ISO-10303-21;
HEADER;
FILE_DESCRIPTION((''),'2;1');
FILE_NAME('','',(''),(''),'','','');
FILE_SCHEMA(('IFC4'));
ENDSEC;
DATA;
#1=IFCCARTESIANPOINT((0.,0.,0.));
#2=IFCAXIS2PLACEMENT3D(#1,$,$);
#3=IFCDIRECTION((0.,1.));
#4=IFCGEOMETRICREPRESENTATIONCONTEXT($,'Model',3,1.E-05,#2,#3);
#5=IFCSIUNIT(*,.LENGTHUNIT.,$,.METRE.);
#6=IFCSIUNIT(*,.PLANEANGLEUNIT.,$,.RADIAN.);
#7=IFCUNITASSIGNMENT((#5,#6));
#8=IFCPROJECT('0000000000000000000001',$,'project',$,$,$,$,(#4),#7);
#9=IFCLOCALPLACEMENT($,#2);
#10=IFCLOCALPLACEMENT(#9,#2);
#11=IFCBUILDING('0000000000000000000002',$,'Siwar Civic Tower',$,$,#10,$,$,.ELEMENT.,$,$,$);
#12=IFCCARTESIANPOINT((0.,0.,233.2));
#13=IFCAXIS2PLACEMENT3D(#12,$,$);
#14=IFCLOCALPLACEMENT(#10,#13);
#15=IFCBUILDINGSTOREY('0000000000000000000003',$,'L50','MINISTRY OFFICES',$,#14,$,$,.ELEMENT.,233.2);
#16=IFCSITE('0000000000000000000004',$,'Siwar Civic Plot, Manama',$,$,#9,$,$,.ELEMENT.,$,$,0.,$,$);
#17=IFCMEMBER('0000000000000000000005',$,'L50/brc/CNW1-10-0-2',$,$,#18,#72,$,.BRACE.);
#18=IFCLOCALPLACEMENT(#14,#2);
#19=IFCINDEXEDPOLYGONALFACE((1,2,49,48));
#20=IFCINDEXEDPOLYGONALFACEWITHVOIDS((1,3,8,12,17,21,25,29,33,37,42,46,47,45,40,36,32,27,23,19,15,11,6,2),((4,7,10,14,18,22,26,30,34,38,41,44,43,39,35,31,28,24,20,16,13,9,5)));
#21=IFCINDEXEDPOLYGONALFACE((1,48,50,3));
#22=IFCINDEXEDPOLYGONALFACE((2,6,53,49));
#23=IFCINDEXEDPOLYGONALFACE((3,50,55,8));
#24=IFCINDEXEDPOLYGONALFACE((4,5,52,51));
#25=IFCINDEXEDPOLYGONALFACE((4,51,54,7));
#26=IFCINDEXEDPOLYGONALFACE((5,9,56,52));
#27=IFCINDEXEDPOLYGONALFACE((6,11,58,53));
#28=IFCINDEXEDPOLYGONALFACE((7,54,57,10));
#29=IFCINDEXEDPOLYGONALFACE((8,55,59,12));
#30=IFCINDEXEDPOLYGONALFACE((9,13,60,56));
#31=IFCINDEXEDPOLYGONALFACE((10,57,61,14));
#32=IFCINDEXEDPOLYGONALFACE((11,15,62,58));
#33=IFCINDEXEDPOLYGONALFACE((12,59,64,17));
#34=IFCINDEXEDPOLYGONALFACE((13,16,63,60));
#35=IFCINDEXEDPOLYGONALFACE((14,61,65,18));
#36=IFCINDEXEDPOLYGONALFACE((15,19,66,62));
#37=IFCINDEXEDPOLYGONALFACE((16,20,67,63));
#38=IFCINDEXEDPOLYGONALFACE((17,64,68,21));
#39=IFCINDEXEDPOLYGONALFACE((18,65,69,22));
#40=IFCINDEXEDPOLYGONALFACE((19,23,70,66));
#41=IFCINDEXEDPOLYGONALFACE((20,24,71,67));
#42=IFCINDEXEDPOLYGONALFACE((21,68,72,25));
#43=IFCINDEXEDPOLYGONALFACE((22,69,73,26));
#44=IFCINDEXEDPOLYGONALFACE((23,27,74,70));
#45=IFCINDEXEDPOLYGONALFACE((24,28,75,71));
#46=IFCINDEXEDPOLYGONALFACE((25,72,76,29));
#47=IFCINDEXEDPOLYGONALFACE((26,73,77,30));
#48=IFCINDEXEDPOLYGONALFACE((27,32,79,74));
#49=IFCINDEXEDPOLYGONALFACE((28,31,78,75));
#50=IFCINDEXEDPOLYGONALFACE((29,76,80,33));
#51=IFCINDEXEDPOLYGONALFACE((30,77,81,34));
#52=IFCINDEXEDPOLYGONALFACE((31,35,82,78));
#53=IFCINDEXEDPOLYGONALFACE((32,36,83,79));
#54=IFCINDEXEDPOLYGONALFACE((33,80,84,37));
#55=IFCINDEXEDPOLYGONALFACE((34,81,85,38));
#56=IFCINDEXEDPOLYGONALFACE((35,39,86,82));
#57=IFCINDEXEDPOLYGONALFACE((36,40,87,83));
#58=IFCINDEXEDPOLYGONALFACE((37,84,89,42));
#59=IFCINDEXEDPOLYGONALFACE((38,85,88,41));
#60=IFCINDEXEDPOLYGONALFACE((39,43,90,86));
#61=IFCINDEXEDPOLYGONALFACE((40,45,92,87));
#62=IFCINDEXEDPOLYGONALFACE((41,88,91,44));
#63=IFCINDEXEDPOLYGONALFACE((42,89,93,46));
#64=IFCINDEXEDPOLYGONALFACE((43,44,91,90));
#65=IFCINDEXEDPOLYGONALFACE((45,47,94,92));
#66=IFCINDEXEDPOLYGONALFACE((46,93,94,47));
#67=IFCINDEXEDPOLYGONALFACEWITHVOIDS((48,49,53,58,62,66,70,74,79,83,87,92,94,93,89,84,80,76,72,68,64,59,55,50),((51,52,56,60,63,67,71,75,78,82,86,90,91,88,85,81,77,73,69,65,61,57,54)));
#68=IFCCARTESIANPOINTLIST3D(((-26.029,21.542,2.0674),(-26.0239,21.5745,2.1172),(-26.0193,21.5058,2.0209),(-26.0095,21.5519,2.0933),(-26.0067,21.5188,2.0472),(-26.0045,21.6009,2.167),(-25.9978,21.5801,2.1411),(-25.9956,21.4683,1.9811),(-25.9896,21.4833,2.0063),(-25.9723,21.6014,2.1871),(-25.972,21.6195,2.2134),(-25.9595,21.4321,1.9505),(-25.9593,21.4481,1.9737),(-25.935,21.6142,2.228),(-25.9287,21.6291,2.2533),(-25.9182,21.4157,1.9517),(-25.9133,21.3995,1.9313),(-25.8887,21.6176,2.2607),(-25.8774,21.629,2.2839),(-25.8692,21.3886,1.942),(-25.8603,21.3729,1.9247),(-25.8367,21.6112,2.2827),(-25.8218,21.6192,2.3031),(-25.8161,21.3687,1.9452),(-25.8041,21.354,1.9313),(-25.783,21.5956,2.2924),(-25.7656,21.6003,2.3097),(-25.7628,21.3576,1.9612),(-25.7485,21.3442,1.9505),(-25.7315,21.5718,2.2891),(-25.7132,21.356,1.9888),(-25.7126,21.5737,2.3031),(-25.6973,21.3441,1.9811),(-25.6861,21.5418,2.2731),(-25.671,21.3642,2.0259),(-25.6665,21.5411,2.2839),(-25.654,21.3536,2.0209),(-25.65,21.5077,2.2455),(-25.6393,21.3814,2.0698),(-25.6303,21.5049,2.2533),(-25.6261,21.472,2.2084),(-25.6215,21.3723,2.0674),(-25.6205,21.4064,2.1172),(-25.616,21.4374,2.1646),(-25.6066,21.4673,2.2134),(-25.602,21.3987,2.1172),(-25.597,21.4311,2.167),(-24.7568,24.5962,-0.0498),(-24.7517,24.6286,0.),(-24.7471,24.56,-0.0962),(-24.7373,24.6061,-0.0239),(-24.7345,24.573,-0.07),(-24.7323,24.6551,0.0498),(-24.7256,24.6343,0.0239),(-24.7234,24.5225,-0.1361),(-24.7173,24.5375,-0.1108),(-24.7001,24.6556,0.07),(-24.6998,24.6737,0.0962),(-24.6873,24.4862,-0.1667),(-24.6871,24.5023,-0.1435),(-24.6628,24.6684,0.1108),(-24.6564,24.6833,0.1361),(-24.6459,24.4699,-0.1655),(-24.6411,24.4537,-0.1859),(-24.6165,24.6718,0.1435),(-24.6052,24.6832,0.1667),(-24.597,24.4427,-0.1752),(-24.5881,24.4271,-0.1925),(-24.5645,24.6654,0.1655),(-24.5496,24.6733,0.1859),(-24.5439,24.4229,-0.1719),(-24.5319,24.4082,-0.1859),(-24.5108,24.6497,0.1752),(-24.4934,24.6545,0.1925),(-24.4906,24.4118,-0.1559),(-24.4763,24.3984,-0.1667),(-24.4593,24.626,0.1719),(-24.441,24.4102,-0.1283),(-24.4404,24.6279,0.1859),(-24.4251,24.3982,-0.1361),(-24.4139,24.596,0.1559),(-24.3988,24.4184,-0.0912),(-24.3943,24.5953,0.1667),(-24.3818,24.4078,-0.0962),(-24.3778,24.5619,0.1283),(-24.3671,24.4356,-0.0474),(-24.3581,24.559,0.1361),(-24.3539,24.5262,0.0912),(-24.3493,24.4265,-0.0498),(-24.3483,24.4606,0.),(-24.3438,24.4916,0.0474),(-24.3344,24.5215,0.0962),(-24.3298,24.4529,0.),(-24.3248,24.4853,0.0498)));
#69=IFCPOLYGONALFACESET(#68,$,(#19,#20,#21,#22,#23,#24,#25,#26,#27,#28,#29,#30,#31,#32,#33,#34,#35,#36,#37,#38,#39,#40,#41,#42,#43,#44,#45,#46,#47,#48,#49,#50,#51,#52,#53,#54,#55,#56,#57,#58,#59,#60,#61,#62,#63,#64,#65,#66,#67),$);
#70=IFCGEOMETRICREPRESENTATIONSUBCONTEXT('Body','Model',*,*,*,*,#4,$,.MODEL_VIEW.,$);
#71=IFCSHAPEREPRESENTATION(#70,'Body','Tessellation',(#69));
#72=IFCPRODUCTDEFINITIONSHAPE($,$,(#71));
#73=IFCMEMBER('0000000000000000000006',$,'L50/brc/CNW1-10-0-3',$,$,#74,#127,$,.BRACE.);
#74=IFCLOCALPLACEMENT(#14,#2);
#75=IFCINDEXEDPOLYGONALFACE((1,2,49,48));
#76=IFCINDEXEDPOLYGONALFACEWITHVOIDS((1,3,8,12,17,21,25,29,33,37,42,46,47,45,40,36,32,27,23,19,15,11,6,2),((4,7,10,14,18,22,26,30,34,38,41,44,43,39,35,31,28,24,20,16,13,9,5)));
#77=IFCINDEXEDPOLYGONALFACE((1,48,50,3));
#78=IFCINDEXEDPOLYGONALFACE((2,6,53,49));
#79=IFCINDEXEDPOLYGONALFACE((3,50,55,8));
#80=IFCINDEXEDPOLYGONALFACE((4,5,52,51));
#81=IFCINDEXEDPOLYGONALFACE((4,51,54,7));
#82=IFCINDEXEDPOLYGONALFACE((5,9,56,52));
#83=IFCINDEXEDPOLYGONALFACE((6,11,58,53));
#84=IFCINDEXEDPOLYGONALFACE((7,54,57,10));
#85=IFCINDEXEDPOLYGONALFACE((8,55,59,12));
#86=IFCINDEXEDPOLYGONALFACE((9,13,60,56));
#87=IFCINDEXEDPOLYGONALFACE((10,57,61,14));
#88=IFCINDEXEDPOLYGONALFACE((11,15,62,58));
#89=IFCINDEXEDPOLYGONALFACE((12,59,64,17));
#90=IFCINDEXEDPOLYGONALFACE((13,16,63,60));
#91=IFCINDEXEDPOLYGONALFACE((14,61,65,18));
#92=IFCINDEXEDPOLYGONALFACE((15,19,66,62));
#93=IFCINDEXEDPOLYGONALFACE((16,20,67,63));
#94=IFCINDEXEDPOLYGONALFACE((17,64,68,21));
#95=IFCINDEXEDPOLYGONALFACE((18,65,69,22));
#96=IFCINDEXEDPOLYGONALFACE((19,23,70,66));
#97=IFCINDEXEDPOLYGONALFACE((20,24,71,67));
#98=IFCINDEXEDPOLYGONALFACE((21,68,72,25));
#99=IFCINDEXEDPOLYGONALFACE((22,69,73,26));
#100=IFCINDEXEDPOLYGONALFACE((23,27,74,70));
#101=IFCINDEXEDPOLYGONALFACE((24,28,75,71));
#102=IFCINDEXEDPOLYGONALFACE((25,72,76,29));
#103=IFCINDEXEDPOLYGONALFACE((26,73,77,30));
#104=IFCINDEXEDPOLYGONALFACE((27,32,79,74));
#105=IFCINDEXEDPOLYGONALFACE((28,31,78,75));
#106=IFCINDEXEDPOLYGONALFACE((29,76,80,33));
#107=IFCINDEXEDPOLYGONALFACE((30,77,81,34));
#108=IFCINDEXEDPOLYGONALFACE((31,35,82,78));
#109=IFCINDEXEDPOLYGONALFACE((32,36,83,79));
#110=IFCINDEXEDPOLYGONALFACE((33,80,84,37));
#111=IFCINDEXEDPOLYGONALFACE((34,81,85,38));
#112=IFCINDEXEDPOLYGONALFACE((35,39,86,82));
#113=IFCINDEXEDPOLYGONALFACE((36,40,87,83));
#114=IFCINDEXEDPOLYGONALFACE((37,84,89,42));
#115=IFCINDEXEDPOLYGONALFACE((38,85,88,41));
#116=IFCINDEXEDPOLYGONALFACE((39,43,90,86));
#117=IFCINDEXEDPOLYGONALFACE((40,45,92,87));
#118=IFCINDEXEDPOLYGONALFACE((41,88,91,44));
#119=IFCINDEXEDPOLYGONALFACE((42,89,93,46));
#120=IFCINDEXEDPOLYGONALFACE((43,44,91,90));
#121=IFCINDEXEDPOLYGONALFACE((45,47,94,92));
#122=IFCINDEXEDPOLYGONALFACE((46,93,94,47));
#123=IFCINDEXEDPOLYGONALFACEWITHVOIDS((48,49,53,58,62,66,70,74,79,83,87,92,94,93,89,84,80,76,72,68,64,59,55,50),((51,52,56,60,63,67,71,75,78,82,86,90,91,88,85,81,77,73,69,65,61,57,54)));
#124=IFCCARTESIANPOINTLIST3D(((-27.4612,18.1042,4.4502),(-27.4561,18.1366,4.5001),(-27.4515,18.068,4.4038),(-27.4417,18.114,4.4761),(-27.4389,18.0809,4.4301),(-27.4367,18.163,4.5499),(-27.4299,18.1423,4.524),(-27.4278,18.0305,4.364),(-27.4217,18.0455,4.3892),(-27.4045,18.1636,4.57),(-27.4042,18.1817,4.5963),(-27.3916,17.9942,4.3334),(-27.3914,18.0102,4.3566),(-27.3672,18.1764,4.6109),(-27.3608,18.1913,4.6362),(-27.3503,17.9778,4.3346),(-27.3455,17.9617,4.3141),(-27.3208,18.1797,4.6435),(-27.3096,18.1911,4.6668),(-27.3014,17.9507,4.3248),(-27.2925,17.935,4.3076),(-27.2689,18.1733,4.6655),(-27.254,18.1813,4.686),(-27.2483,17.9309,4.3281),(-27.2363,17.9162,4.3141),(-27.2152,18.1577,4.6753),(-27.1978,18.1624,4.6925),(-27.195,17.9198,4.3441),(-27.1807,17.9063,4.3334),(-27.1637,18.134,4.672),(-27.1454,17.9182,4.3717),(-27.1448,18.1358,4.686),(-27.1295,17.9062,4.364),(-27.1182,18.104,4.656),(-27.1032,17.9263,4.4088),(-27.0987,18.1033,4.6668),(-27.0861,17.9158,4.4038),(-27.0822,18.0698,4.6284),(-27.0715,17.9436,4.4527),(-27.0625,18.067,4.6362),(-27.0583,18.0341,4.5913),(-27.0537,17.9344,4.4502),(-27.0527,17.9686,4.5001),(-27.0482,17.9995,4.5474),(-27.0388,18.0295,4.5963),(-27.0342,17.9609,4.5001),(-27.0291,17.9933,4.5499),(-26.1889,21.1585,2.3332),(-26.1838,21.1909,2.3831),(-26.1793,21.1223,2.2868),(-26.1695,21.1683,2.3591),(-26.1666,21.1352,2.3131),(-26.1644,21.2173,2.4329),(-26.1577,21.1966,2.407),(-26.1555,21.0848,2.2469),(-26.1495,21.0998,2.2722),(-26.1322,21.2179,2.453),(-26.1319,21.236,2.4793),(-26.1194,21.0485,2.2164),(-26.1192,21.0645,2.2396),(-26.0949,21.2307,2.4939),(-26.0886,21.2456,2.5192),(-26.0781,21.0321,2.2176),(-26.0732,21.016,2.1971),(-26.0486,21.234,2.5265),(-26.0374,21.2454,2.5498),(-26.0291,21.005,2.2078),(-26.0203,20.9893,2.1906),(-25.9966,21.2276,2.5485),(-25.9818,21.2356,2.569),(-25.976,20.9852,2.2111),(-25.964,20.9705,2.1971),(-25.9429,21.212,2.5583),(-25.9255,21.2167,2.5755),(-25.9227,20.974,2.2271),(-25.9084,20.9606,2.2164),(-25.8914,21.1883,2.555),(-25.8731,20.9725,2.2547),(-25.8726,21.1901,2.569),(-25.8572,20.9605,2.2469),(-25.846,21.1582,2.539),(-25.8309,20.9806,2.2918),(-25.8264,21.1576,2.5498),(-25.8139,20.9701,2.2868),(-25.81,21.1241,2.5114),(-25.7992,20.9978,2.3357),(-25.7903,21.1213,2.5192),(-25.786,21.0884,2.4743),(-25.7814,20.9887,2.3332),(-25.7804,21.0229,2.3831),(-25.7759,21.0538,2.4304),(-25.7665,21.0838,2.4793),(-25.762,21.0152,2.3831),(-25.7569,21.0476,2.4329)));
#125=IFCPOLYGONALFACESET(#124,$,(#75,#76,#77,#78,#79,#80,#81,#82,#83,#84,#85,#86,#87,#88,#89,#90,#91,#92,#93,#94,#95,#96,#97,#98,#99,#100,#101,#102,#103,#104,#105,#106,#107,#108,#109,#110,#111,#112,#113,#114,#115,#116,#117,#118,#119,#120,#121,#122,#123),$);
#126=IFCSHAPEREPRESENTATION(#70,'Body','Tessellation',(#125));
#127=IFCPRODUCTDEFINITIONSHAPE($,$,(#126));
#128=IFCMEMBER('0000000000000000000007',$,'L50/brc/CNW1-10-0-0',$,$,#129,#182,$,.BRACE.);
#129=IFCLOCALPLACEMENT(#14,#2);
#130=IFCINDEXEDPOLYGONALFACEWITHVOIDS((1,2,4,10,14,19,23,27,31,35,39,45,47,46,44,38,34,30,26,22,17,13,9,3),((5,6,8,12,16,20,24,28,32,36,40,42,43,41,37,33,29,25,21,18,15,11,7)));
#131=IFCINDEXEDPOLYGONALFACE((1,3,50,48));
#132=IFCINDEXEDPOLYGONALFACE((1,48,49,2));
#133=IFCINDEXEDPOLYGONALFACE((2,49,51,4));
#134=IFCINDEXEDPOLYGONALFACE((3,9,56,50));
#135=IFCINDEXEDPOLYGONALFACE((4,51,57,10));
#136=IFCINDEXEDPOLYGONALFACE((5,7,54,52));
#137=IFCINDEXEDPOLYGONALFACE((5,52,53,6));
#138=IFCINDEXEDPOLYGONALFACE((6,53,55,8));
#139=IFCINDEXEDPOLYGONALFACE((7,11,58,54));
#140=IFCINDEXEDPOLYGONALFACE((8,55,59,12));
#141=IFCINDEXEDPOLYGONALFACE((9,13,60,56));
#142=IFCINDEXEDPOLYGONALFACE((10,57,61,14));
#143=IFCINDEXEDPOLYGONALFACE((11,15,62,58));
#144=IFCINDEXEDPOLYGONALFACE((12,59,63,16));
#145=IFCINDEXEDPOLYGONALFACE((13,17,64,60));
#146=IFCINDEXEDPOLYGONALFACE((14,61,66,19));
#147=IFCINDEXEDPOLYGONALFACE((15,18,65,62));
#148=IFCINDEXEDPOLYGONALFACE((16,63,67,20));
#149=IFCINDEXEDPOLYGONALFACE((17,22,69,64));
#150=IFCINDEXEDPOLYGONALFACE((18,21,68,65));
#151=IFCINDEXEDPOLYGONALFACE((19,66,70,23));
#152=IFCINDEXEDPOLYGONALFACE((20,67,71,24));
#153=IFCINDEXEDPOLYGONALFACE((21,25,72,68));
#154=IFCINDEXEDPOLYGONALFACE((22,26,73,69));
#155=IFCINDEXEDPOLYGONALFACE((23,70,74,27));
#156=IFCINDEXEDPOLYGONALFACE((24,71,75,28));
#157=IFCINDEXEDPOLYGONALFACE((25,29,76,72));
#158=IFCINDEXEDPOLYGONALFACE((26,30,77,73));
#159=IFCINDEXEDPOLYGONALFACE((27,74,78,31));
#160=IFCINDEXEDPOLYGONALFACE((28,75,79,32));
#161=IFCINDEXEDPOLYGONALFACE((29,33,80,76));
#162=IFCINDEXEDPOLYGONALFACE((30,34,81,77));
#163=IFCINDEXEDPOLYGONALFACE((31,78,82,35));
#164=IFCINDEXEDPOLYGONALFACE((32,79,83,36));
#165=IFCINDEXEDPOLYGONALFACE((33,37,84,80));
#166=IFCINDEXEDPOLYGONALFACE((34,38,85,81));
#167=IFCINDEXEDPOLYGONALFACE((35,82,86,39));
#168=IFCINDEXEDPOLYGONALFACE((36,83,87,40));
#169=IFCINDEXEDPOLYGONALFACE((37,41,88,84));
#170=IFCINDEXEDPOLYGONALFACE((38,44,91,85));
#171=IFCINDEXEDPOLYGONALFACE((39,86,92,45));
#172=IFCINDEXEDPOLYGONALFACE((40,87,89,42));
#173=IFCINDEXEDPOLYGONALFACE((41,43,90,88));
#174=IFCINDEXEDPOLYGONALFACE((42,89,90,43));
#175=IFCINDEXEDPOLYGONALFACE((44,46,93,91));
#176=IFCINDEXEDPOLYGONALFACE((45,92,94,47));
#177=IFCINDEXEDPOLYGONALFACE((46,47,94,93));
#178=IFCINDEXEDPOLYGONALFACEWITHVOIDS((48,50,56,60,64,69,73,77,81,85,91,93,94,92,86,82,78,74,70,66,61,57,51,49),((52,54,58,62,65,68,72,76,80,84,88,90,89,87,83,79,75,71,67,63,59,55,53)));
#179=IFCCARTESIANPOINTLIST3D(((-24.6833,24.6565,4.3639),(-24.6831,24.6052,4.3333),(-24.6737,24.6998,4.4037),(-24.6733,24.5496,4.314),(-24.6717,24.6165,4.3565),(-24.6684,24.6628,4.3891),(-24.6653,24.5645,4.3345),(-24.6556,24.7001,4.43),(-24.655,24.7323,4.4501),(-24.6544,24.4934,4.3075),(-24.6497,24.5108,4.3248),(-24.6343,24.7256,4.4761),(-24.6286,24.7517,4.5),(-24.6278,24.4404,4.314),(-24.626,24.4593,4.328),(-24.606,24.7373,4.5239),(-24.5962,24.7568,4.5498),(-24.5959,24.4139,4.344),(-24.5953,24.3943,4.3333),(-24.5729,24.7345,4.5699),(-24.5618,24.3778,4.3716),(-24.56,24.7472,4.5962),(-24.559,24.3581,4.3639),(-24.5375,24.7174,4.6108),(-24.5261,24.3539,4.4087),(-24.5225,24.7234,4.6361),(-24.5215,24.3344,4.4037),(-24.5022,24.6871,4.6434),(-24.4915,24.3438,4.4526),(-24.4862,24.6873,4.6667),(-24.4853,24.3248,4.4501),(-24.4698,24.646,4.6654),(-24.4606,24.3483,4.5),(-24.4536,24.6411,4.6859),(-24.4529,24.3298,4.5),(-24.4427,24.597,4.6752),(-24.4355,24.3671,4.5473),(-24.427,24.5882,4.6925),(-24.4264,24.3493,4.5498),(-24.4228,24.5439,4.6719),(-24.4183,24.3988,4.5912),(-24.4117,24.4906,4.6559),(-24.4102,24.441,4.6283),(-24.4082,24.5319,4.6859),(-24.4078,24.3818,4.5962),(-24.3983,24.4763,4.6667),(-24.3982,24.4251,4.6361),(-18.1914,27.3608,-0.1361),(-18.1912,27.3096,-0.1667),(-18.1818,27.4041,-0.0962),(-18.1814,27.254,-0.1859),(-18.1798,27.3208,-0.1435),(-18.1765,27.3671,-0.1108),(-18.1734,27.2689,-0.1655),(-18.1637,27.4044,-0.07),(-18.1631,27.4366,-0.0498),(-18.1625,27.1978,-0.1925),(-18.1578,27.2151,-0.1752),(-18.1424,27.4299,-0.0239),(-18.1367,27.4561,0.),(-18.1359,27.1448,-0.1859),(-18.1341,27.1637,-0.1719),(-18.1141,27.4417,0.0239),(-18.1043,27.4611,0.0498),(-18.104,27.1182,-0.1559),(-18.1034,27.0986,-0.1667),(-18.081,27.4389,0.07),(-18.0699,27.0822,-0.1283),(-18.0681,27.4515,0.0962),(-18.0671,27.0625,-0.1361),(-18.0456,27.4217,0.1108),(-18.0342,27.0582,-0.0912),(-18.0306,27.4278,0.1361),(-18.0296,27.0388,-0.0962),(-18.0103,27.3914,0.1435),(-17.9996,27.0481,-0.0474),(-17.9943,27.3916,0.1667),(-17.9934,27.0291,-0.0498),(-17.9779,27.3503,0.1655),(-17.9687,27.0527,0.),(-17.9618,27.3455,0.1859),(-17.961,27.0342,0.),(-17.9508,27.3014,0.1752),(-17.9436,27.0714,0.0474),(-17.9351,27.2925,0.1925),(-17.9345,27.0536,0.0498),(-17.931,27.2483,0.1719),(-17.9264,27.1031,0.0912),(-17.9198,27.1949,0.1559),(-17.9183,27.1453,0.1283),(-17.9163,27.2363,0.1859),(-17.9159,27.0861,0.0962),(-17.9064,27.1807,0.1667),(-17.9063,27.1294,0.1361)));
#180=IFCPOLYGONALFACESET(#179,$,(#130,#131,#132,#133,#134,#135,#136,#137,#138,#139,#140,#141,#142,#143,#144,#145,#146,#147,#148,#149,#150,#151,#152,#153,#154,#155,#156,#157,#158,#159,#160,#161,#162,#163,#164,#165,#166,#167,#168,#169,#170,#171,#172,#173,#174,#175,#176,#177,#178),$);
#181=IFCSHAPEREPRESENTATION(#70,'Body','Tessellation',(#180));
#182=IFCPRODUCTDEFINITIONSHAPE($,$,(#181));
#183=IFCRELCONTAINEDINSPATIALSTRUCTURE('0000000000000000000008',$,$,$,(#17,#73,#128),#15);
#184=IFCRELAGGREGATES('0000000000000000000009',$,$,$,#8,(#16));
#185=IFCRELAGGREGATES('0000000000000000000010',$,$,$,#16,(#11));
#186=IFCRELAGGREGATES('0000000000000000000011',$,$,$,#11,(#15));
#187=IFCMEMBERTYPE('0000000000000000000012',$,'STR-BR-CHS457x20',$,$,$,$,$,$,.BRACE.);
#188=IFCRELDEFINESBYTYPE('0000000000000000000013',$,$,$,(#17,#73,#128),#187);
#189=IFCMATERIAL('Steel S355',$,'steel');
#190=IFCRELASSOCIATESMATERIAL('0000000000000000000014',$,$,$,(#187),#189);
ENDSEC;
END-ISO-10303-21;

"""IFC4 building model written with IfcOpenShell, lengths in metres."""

from ifc_helpers import new_model, si_unit, direction, frame, origin, origin_2d, place, context, subcontext, project, spatial, hollow_circle, extrude, material, material_profile, profile_set, type_object, element, save


model = new_model("IFC4")

# Units and contexts
model_context = context("Model", 3, precision=1e-05, world=origin(), true_north=direction((0.0, 1.0)))
body_context = subcontext(model_context, "Body", "Model", "MODEL_VIEW")
ifc_project = project(units=[si_unit("LENGTHUNIT", "METRE"), si_unit("PLANEANGLEUNIT", "RADIAN")], contexts=[model_context])

# Site, building, storey
site_placement = place(None, origin())
site = spatial("IfcSite", under=ifc_project, at=site_placement, Name="Siwar Civic Plot, Manama", CompositionType="ELEMENT", RefElevation=0.0)
building_placement = place(site_placement, origin())
building = spatial("IfcBuilding", under=site, at=building_placement, Name="Siwar Civic Tower", CompositionType="ELEMENT")
storey_placement = place(building_placement, frame((0.0, 0.0, 233.2)))
storey = spatial("IfcBuildingStorey", under=building, at=storey_placement, Name="L50", Description="MINISTRY OFFICES", CompositionType="ELEMENT", Elevation=233.2)

# Members
ifc_material_1 = material(Name="Steel S355", Category="steel")
ifc_material_profile_1 = material_profile(ifc_material_1, hollow_circle(Radius=0.2285, WallThickness=0.02, at=origin_2d()), Name="CHS457x20")
ifc_profile_set_1 = profile_set([ifc_material_profile_1], Name="Steel S355")
member_type_1 = type_object("IfcMemberType", Name="STR-BR-CHS457x20", PredefinedType="BRACE", material=ifc_profile_set_1)
for number, where, z_axis, x_axis, name in (
    (1, (-24.5408, 24.5408, 0.0), (-0.323884, -0.777546, 0.538999), (0.923116, -0.384521, 0.0), "L50/brc/CNW1-10-0-2"),
    (2, (-25.9729, 21.103, 2.3831), (-0.323895, -0.777572, 0.538955), (0.923116, -0.384521, 0.0), "L50/brc/CNW1-10-0-3"),
):
    element("IfcMember", number, at=place(storey_placement, frame(where, z_axis=z_axis, x_axis=x_axis)), inside=storey, type_object=member_type_1, Name=name, PredefinedType="BRACE", context=body_context, shape_type="SweptSolid", body=[
        extrude(hollow_circle(Radius=0.2285, WallThickness=0.02, at=origin_2d()), origin(), (0.0, 0.0, 1.0), 3.928),
    ])
member_1_placement = place(storey_placement, frame((-18.0488, 27.2451, 0.0), z_axis=(-0.777555, -0.323906, 0.538975), x_axis=(0.384539, -0.923109, 0.0)))
element("IfcMember", 3, at=member_1_placement, inside=storey, type_object=member_type_1, Name="L50/brc/CNW1-10-0-0", PredefinedType="BRACE", context=body_context, shape_type="SweptSolid", body=[
    extrude(hollow_circle(Radius=0.2285, WallThickness=0.02, at=origin_2d()), origin(), (0.0, 0.0, 1.0), 8.3491),
])

save(model, "model.ifc")
